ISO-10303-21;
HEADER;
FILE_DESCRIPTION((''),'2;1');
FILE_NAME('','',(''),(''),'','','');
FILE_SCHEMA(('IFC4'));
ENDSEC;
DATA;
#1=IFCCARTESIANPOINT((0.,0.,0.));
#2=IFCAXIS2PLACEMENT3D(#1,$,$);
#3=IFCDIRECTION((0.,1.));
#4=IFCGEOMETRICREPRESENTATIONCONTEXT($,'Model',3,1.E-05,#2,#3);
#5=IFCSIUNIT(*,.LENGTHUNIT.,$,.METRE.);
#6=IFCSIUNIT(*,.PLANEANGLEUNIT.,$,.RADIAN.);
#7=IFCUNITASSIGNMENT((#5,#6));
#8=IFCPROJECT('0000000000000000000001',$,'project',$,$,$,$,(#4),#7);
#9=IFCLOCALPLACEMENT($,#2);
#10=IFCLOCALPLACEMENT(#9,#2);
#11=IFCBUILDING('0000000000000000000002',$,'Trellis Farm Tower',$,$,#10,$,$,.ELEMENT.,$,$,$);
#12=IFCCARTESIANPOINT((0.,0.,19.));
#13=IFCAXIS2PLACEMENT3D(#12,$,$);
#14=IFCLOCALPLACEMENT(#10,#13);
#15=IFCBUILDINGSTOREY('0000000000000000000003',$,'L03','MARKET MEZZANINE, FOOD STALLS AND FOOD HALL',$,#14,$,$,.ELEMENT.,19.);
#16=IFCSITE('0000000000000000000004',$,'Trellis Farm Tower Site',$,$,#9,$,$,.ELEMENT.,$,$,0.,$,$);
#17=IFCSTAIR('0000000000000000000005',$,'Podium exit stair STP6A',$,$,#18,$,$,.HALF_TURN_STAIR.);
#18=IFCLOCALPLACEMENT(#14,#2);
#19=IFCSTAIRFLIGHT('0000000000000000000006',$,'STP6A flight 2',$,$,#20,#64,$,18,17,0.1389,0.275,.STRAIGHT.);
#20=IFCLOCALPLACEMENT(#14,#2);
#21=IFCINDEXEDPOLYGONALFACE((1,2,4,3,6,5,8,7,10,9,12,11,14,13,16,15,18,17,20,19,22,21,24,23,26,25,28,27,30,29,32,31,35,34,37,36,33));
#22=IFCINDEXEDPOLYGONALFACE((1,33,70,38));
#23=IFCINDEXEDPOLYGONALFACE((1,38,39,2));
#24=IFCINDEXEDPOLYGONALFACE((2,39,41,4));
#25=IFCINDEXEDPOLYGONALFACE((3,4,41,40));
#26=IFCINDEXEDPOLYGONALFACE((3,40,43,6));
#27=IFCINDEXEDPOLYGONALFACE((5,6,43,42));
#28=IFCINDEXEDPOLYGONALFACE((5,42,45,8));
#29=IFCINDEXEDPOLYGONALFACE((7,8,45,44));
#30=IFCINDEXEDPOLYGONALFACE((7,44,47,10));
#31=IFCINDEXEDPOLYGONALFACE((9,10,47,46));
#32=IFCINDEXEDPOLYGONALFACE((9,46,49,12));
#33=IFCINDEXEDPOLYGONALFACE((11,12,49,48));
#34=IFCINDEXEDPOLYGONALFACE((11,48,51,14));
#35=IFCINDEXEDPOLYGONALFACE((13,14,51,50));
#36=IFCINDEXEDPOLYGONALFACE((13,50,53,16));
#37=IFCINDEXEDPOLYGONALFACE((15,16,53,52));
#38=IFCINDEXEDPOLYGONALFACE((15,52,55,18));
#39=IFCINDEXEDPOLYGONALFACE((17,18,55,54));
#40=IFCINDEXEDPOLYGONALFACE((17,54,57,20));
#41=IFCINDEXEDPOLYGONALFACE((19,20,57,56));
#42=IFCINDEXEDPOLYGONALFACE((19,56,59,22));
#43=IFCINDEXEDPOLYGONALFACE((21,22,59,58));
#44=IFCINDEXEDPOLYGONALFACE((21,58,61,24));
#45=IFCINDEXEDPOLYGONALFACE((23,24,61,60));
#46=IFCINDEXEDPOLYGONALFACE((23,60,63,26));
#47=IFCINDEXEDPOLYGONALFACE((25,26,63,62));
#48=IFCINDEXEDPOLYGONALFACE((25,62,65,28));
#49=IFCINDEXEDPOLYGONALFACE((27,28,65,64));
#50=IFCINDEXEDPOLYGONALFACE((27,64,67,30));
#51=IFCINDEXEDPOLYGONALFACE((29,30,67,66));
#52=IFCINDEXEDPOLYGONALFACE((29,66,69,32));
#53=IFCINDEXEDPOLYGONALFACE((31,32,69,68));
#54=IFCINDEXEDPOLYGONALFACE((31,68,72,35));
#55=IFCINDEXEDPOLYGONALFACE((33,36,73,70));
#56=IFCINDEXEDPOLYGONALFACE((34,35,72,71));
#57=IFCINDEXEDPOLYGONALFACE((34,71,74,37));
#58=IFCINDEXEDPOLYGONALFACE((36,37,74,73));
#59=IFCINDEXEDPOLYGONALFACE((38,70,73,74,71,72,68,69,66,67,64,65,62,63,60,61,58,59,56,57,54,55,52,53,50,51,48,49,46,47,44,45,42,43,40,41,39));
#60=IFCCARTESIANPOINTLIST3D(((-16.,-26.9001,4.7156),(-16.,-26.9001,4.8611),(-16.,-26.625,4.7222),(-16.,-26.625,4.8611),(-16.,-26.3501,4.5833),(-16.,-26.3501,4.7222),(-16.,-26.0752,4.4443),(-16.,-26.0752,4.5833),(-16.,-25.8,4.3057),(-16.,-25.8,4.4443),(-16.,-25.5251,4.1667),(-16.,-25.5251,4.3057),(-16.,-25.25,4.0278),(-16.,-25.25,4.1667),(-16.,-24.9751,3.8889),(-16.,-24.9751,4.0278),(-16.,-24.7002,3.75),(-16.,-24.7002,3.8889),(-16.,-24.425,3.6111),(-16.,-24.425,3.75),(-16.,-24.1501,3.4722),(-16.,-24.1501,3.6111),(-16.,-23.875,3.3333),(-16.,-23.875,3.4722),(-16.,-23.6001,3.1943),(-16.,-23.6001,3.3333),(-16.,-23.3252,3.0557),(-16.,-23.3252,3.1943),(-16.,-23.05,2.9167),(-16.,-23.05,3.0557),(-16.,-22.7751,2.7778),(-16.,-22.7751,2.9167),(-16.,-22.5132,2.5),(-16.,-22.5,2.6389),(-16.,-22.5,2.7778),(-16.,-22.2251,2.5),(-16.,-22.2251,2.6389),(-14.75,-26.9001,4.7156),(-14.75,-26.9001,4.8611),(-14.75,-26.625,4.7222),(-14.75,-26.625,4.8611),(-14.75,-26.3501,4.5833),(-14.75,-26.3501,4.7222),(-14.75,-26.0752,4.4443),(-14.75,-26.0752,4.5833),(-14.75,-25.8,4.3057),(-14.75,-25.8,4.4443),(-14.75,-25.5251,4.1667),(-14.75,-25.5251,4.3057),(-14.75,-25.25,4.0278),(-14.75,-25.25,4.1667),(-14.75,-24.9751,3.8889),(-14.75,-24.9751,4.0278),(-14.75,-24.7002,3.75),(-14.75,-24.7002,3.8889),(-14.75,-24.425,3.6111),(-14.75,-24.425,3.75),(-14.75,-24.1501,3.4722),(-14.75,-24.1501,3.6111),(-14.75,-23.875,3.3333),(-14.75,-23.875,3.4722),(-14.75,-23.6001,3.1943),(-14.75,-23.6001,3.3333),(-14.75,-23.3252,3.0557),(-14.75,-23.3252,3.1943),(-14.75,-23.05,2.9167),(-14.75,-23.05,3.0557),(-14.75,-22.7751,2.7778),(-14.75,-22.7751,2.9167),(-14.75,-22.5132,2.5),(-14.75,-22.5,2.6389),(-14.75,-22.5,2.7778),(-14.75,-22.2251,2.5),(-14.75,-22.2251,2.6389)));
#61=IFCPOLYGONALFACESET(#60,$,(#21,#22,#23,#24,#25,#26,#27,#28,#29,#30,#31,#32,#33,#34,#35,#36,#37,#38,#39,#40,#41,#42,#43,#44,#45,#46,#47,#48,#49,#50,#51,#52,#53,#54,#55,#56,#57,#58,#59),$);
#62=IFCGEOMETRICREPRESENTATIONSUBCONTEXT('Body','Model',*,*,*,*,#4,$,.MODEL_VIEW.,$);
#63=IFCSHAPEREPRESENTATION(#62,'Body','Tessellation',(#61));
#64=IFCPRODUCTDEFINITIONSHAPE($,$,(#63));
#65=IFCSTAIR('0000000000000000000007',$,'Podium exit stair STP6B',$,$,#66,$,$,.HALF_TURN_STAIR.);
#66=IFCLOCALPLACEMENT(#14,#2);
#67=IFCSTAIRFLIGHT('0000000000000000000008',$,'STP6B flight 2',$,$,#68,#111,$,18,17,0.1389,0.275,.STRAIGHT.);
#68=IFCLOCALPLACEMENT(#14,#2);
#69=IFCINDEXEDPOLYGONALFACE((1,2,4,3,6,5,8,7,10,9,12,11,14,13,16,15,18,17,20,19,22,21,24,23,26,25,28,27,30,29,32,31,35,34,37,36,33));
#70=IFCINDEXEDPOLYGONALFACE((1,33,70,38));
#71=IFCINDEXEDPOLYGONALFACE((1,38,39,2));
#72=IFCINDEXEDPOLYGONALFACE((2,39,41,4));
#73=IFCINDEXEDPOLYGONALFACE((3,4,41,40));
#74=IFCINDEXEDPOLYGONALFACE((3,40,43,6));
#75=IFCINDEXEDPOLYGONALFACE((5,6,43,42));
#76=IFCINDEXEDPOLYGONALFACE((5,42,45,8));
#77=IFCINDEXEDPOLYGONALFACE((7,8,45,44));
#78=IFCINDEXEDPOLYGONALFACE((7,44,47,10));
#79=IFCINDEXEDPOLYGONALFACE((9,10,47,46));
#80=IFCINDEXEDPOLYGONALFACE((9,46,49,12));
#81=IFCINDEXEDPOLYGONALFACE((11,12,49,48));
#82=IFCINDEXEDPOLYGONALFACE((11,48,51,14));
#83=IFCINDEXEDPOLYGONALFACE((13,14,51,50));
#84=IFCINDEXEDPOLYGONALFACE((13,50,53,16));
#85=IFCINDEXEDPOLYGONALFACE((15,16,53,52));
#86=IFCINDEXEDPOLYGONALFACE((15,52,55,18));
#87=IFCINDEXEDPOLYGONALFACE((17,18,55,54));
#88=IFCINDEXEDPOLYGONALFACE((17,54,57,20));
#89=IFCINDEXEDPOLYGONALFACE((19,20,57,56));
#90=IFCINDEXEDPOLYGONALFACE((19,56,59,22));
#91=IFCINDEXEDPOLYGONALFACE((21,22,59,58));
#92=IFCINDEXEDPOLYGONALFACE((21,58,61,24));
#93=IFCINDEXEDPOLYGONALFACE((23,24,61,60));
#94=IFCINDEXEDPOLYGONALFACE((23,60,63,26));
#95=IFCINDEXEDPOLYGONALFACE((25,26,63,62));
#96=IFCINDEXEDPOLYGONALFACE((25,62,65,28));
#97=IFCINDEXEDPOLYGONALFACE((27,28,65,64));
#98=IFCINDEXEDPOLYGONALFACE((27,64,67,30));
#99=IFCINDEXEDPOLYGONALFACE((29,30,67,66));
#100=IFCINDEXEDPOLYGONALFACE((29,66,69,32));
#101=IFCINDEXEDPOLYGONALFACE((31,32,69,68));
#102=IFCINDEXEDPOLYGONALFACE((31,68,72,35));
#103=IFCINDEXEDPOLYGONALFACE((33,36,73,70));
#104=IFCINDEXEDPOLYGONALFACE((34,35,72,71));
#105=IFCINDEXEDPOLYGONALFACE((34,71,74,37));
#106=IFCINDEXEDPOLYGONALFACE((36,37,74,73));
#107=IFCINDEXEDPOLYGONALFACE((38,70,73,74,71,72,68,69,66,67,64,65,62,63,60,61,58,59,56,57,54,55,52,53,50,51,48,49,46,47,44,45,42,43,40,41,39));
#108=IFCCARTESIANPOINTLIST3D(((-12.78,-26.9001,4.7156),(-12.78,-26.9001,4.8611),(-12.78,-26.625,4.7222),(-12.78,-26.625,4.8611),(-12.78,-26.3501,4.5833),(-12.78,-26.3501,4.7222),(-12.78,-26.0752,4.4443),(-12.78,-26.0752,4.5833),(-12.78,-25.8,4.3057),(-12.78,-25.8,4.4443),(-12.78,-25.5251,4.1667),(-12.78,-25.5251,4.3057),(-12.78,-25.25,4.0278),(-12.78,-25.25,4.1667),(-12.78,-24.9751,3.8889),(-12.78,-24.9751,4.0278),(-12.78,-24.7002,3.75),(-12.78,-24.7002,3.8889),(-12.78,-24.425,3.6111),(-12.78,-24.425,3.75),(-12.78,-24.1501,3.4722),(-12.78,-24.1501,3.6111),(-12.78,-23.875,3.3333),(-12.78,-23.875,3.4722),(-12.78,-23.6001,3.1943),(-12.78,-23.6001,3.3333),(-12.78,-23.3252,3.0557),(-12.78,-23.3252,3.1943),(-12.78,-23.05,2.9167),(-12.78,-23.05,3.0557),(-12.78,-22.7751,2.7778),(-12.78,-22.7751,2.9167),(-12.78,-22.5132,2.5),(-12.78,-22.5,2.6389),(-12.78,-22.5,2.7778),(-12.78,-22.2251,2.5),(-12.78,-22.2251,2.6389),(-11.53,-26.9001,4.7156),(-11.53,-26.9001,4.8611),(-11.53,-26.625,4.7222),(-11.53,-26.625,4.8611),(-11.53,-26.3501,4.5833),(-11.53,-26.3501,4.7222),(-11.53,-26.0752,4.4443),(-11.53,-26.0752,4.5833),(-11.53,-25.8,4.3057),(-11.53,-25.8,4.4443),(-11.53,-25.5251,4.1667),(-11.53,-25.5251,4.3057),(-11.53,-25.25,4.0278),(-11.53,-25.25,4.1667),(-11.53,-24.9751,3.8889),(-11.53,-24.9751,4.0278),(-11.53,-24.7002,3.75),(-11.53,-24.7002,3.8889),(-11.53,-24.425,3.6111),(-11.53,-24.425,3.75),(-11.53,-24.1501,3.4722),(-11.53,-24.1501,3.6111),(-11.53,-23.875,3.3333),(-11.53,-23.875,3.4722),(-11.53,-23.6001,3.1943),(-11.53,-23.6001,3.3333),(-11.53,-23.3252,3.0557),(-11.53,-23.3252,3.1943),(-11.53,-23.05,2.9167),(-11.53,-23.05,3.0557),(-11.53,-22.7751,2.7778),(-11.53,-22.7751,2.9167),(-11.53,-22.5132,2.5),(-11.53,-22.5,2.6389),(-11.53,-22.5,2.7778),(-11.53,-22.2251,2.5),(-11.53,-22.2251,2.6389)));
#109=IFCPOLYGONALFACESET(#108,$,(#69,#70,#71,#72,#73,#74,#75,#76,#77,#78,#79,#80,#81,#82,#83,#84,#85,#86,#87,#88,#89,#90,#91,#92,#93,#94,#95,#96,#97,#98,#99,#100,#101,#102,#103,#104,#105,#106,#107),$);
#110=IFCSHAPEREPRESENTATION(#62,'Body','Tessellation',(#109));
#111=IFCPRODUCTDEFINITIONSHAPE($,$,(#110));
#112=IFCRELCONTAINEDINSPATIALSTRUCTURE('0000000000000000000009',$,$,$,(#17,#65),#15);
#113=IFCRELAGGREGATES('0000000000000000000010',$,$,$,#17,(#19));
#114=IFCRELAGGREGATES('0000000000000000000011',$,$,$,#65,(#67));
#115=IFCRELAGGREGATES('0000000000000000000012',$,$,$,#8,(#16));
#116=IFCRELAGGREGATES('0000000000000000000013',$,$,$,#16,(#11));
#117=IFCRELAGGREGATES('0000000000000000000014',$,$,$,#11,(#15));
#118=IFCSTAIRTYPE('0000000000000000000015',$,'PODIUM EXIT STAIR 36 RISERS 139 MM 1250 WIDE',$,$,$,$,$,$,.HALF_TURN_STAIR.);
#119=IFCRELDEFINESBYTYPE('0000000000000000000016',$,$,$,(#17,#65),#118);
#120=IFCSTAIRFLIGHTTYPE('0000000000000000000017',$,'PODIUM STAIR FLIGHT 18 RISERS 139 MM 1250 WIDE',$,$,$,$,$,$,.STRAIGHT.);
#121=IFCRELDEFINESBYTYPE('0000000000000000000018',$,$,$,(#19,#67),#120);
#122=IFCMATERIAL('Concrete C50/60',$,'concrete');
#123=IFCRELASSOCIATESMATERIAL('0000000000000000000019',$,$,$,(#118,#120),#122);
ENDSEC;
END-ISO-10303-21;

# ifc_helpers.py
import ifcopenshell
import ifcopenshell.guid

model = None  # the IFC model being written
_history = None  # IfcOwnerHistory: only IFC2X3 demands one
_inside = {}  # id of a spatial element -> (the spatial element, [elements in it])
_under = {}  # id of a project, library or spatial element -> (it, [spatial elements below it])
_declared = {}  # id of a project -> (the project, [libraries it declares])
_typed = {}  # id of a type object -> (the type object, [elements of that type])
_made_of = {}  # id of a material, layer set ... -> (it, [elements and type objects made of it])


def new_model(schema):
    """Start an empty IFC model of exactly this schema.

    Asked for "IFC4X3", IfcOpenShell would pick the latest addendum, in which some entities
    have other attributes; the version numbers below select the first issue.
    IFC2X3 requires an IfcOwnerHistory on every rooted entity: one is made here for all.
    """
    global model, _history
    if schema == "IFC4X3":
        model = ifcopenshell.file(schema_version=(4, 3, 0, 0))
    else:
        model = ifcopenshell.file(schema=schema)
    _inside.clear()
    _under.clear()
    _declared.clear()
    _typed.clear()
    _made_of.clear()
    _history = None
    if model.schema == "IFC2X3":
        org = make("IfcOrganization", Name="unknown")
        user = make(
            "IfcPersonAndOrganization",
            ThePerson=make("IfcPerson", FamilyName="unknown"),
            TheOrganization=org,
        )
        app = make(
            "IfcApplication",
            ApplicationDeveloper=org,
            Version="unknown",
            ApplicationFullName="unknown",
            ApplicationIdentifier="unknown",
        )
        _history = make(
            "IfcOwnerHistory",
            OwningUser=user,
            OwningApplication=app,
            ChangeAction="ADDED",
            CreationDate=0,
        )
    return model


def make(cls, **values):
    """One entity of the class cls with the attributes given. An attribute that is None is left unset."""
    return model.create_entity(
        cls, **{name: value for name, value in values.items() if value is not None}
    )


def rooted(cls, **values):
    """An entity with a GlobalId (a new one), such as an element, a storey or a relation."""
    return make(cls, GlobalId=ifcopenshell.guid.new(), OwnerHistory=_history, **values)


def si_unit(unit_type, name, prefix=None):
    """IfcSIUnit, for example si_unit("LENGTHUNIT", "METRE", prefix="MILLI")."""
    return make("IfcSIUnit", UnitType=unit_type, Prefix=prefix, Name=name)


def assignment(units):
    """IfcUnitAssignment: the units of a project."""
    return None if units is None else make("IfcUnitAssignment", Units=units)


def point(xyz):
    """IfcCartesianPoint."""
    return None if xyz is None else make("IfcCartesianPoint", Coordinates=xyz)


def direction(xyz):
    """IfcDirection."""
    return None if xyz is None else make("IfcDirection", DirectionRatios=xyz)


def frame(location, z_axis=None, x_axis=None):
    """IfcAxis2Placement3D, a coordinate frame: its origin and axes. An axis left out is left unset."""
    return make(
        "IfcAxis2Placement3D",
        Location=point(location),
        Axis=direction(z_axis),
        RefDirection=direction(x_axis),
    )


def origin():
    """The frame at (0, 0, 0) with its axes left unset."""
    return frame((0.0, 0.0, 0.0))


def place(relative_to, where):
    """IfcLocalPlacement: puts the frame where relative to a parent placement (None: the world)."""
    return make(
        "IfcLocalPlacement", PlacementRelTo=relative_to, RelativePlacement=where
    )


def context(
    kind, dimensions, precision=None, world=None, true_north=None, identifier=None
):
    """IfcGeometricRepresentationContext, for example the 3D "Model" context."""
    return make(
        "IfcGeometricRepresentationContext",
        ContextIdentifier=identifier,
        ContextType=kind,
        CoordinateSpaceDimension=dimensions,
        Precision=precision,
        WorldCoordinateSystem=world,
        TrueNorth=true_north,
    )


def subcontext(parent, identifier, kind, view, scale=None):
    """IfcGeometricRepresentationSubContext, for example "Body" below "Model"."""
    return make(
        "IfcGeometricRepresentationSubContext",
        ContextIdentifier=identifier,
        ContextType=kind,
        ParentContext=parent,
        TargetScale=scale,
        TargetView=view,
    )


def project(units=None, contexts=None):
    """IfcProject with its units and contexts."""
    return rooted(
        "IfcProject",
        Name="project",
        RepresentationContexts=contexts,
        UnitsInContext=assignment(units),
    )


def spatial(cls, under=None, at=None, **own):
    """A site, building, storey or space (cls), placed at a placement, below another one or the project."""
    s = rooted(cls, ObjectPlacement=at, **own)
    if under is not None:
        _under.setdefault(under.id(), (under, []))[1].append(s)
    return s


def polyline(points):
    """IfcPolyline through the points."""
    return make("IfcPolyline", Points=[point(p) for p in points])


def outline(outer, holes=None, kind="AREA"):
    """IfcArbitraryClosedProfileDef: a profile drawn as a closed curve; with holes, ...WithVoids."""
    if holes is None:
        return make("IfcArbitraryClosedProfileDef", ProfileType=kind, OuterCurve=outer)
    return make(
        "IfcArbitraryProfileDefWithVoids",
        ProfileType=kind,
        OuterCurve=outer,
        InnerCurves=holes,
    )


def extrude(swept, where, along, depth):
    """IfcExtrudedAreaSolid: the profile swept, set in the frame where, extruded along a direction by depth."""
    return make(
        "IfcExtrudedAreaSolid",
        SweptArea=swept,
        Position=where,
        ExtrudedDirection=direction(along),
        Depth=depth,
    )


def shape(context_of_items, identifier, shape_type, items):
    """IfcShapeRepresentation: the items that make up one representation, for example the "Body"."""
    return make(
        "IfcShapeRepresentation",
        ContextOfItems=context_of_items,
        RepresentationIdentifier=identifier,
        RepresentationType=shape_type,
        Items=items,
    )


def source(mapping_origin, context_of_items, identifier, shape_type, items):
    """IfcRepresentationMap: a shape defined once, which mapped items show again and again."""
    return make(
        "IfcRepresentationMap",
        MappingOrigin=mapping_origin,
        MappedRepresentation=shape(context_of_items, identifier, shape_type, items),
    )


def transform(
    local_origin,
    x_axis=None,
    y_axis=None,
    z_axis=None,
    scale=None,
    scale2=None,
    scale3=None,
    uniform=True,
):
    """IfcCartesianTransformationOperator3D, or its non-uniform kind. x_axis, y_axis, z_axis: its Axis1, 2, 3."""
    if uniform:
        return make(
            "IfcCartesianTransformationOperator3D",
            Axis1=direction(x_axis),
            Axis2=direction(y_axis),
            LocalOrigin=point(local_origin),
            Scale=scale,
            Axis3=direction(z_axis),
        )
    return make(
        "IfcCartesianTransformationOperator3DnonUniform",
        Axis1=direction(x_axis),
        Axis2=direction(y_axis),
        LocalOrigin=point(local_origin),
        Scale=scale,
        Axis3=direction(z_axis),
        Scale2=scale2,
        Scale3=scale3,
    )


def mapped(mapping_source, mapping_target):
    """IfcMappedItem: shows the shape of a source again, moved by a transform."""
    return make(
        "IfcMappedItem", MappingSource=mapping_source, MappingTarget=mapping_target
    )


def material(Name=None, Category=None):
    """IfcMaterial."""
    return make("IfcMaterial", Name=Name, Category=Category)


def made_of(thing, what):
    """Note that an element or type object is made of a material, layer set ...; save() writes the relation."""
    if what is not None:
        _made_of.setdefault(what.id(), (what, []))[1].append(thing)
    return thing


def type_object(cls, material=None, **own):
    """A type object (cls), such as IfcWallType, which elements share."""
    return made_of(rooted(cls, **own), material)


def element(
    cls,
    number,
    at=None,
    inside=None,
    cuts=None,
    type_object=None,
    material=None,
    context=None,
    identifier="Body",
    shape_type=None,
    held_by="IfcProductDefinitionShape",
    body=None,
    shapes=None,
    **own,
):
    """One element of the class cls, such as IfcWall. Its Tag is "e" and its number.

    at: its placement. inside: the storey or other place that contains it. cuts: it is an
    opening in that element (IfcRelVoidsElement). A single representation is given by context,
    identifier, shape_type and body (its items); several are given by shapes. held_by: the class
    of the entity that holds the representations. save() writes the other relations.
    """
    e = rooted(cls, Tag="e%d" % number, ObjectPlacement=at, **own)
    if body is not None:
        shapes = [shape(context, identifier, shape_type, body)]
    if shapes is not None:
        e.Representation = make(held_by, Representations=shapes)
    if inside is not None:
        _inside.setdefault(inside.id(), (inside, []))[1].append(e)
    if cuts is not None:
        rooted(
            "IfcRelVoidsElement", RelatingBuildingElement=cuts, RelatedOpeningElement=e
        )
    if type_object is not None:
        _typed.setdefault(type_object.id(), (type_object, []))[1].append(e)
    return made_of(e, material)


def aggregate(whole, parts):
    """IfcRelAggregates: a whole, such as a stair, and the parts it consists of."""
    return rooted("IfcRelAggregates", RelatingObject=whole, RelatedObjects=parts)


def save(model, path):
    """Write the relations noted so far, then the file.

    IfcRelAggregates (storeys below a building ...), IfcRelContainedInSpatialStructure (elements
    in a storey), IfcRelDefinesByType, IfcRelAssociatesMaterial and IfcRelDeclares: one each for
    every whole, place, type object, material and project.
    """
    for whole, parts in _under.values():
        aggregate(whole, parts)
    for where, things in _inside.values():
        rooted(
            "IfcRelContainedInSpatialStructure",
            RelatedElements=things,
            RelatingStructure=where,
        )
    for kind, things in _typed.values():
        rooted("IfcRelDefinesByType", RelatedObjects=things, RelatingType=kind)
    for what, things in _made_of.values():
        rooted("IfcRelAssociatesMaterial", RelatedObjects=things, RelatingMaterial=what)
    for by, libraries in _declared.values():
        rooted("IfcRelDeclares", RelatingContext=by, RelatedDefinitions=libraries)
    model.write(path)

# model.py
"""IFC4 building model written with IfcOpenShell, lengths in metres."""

from ifc_helpers import new_model, si_unit, direction, frame, origin, place, context, subcontext, project, spatial, polyline, outline, extrude, source, transform, mapped, material, type_object, element, aggregate, save


model = new_model("IFC4")

# Units and contexts
model_context = context("Model", 3, precision=1e-05, world=origin(), true_north=direction((0.0, 1.0)))
body_context = subcontext(model_context, "Body", "Model", "MODEL_VIEW")
ifc_project = project(units=[si_unit("LENGTHUNIT", "METRE"), si_unit("PLANEANGLEUNIT", "RADIAN")], contexts=[model_context])

# Site, building, storey
site_placement = place(None, origin())
site = spatial("IfcSite", under=ifc_project, at=site_placement, Name="Trellis Farm Tower Site", CompositionType="ELEMENT", RefElevation=0.0)
building_placement = place(site_placement, origin())
building = spatial("IfcBuilding", under=site, at=building_placement, Name="Trellis Farm Tower", CompositionType="ELEMENT")
storey_placement = place(building_placement, frame((0.0, 0.0, 19.0)))
storey = spatial("IfcBuildingStorey", under=building, at=storey_placement, Name="L03", Description="MARKET MEZZANINE, FOOD STALLS AND FOOD HALL", CompositionType="ELEMENT", Elevation=19.0)

# Stair, stair flight
ifc_material_1 = material(Name="Concrete C50/60", Category="concrete")
stair_type = type_object("IfcStairType", Name="PODIUM EXIT STAIR 36 RISERS 139 MM 1250 WIDE", PredefinedType="HALF_TURN_STAIR", material=ifc_material_1)
placement = place(storey_placement, origin())
stair_1 = element("IfcStair", 1, at=placement, inside=storey, type_object=stair_type, Name="Podium exit stair STP6A", PredefinedType="HALF_TURN_STAIR")
stair_flight_type = type_object("IfcStairFlightType", Name="PODIUM STAIR FLIGHT 18 RISERS 139 MM 1250 WIDE", PredefinedType="STRAIGHT", material=ifc_material_1)
shared_shape_1 = source(origin(), body_context, "Body", "SweptSolid", [
    extrude(outline(polyline([(0.0, 0.0), (0.0, 0.1389), (0.2749, 0.1389), (0.2749, 0.2778), (0.55, 0.2778), (0.55, 0.4167), (0.825, 0.4167), (0.825, 0.5557), (1.1001, 0.5557), (1.1001, 0.6943), (1.375, 0.6943), (1.375, 0.8333), (1.6499, 0.8333), (1.6499, 0.9722), (1.925, 0.9722), (1.925, 1.1111), (2.2, 1.1111), (2.2, 1.25), (2.4751, 1.25), (2.4751, 1.3889), (2.75, 1.3889), (2.75, 1.5278), (3.0249, 1.5278), (3.0249, 1.6667), (3.3, 1.6667), (3.3, 1.8057), (3.575, 1.8057), (3.575, 1.9443), (3.8501, 1.9443), (3.8501, 2.0833), (4.125, 2.0833), (4.125, 2.2222), (4.3999, 2.2222), (4.3999, 2.3611), (4.675, 2.3611), (4.675, 2.5), (4.675, 2.2156), (0.2881, 0.0), (0.0, 0.0)])), frame((0.0, 0.625, 0.0), z_axis=(0.0, -1.0, 0.0), x_axis=(1.0, 0.0, 0.0)), (0.0, 0.0, 1.0), 1.25),
])
stair_flight_1_placement = place(storey_placement, frame((-15.375, -22.2251, 2.5), z_axis=(0.0, 0.0, 1.0), x_axis=(0.0, -1.0, 0.0)))
stair_flight_1 = element("IfcStairFlight", 2, at=stair_flight_1_placement, type_object=stair_flight_type, Name="STP6A flight 2", NumberOfRisers=18, NumberOfTreads=17, PredefinedType="STRAIGHT", RiserHeight=0.1389, TreadLength=0.275, context=body_context, shape_type="MappedRepresentation", body=[
    mapped(shared_shape_1, transform((0.0, 0.0, 0.0))),
])
aggregate(stair_1, [stair_flight_1])

# Stair, stair flight
stair_2 = element("IfcStair", 3, at=placement, inside=storey, type_object=stair_type, Name="Podium exit stair STP6B", PredefinedType="HALF_TURN_STAIR")
stair_flight_2_placement = place(storey_placement, frame((-12.155, -22.2251, 2.5), z_axis=(0.0, 0.0, 1.0), x_axis=(0.0, -1.0, 0.0)))
stair_flight_2 = element("IfcStairFlight", 4, at=stair_flight_2_placement, type_object=stair_flight_type, Name="STP6B flight 2", NumberOfRisers=18, NumberOfTreads=17, PredefinedType="STRAIGHT", RiserHeight=0.1389, TreadLength=0.275, context=body_context, shape_type="MappedRepresentation", body=[
    mapped(shared_shape_1, transform((0.0, 0.0, 0.0))),
])
aggregate(stair_2, [stair_flight_2])

save(model, "model.ifc")
